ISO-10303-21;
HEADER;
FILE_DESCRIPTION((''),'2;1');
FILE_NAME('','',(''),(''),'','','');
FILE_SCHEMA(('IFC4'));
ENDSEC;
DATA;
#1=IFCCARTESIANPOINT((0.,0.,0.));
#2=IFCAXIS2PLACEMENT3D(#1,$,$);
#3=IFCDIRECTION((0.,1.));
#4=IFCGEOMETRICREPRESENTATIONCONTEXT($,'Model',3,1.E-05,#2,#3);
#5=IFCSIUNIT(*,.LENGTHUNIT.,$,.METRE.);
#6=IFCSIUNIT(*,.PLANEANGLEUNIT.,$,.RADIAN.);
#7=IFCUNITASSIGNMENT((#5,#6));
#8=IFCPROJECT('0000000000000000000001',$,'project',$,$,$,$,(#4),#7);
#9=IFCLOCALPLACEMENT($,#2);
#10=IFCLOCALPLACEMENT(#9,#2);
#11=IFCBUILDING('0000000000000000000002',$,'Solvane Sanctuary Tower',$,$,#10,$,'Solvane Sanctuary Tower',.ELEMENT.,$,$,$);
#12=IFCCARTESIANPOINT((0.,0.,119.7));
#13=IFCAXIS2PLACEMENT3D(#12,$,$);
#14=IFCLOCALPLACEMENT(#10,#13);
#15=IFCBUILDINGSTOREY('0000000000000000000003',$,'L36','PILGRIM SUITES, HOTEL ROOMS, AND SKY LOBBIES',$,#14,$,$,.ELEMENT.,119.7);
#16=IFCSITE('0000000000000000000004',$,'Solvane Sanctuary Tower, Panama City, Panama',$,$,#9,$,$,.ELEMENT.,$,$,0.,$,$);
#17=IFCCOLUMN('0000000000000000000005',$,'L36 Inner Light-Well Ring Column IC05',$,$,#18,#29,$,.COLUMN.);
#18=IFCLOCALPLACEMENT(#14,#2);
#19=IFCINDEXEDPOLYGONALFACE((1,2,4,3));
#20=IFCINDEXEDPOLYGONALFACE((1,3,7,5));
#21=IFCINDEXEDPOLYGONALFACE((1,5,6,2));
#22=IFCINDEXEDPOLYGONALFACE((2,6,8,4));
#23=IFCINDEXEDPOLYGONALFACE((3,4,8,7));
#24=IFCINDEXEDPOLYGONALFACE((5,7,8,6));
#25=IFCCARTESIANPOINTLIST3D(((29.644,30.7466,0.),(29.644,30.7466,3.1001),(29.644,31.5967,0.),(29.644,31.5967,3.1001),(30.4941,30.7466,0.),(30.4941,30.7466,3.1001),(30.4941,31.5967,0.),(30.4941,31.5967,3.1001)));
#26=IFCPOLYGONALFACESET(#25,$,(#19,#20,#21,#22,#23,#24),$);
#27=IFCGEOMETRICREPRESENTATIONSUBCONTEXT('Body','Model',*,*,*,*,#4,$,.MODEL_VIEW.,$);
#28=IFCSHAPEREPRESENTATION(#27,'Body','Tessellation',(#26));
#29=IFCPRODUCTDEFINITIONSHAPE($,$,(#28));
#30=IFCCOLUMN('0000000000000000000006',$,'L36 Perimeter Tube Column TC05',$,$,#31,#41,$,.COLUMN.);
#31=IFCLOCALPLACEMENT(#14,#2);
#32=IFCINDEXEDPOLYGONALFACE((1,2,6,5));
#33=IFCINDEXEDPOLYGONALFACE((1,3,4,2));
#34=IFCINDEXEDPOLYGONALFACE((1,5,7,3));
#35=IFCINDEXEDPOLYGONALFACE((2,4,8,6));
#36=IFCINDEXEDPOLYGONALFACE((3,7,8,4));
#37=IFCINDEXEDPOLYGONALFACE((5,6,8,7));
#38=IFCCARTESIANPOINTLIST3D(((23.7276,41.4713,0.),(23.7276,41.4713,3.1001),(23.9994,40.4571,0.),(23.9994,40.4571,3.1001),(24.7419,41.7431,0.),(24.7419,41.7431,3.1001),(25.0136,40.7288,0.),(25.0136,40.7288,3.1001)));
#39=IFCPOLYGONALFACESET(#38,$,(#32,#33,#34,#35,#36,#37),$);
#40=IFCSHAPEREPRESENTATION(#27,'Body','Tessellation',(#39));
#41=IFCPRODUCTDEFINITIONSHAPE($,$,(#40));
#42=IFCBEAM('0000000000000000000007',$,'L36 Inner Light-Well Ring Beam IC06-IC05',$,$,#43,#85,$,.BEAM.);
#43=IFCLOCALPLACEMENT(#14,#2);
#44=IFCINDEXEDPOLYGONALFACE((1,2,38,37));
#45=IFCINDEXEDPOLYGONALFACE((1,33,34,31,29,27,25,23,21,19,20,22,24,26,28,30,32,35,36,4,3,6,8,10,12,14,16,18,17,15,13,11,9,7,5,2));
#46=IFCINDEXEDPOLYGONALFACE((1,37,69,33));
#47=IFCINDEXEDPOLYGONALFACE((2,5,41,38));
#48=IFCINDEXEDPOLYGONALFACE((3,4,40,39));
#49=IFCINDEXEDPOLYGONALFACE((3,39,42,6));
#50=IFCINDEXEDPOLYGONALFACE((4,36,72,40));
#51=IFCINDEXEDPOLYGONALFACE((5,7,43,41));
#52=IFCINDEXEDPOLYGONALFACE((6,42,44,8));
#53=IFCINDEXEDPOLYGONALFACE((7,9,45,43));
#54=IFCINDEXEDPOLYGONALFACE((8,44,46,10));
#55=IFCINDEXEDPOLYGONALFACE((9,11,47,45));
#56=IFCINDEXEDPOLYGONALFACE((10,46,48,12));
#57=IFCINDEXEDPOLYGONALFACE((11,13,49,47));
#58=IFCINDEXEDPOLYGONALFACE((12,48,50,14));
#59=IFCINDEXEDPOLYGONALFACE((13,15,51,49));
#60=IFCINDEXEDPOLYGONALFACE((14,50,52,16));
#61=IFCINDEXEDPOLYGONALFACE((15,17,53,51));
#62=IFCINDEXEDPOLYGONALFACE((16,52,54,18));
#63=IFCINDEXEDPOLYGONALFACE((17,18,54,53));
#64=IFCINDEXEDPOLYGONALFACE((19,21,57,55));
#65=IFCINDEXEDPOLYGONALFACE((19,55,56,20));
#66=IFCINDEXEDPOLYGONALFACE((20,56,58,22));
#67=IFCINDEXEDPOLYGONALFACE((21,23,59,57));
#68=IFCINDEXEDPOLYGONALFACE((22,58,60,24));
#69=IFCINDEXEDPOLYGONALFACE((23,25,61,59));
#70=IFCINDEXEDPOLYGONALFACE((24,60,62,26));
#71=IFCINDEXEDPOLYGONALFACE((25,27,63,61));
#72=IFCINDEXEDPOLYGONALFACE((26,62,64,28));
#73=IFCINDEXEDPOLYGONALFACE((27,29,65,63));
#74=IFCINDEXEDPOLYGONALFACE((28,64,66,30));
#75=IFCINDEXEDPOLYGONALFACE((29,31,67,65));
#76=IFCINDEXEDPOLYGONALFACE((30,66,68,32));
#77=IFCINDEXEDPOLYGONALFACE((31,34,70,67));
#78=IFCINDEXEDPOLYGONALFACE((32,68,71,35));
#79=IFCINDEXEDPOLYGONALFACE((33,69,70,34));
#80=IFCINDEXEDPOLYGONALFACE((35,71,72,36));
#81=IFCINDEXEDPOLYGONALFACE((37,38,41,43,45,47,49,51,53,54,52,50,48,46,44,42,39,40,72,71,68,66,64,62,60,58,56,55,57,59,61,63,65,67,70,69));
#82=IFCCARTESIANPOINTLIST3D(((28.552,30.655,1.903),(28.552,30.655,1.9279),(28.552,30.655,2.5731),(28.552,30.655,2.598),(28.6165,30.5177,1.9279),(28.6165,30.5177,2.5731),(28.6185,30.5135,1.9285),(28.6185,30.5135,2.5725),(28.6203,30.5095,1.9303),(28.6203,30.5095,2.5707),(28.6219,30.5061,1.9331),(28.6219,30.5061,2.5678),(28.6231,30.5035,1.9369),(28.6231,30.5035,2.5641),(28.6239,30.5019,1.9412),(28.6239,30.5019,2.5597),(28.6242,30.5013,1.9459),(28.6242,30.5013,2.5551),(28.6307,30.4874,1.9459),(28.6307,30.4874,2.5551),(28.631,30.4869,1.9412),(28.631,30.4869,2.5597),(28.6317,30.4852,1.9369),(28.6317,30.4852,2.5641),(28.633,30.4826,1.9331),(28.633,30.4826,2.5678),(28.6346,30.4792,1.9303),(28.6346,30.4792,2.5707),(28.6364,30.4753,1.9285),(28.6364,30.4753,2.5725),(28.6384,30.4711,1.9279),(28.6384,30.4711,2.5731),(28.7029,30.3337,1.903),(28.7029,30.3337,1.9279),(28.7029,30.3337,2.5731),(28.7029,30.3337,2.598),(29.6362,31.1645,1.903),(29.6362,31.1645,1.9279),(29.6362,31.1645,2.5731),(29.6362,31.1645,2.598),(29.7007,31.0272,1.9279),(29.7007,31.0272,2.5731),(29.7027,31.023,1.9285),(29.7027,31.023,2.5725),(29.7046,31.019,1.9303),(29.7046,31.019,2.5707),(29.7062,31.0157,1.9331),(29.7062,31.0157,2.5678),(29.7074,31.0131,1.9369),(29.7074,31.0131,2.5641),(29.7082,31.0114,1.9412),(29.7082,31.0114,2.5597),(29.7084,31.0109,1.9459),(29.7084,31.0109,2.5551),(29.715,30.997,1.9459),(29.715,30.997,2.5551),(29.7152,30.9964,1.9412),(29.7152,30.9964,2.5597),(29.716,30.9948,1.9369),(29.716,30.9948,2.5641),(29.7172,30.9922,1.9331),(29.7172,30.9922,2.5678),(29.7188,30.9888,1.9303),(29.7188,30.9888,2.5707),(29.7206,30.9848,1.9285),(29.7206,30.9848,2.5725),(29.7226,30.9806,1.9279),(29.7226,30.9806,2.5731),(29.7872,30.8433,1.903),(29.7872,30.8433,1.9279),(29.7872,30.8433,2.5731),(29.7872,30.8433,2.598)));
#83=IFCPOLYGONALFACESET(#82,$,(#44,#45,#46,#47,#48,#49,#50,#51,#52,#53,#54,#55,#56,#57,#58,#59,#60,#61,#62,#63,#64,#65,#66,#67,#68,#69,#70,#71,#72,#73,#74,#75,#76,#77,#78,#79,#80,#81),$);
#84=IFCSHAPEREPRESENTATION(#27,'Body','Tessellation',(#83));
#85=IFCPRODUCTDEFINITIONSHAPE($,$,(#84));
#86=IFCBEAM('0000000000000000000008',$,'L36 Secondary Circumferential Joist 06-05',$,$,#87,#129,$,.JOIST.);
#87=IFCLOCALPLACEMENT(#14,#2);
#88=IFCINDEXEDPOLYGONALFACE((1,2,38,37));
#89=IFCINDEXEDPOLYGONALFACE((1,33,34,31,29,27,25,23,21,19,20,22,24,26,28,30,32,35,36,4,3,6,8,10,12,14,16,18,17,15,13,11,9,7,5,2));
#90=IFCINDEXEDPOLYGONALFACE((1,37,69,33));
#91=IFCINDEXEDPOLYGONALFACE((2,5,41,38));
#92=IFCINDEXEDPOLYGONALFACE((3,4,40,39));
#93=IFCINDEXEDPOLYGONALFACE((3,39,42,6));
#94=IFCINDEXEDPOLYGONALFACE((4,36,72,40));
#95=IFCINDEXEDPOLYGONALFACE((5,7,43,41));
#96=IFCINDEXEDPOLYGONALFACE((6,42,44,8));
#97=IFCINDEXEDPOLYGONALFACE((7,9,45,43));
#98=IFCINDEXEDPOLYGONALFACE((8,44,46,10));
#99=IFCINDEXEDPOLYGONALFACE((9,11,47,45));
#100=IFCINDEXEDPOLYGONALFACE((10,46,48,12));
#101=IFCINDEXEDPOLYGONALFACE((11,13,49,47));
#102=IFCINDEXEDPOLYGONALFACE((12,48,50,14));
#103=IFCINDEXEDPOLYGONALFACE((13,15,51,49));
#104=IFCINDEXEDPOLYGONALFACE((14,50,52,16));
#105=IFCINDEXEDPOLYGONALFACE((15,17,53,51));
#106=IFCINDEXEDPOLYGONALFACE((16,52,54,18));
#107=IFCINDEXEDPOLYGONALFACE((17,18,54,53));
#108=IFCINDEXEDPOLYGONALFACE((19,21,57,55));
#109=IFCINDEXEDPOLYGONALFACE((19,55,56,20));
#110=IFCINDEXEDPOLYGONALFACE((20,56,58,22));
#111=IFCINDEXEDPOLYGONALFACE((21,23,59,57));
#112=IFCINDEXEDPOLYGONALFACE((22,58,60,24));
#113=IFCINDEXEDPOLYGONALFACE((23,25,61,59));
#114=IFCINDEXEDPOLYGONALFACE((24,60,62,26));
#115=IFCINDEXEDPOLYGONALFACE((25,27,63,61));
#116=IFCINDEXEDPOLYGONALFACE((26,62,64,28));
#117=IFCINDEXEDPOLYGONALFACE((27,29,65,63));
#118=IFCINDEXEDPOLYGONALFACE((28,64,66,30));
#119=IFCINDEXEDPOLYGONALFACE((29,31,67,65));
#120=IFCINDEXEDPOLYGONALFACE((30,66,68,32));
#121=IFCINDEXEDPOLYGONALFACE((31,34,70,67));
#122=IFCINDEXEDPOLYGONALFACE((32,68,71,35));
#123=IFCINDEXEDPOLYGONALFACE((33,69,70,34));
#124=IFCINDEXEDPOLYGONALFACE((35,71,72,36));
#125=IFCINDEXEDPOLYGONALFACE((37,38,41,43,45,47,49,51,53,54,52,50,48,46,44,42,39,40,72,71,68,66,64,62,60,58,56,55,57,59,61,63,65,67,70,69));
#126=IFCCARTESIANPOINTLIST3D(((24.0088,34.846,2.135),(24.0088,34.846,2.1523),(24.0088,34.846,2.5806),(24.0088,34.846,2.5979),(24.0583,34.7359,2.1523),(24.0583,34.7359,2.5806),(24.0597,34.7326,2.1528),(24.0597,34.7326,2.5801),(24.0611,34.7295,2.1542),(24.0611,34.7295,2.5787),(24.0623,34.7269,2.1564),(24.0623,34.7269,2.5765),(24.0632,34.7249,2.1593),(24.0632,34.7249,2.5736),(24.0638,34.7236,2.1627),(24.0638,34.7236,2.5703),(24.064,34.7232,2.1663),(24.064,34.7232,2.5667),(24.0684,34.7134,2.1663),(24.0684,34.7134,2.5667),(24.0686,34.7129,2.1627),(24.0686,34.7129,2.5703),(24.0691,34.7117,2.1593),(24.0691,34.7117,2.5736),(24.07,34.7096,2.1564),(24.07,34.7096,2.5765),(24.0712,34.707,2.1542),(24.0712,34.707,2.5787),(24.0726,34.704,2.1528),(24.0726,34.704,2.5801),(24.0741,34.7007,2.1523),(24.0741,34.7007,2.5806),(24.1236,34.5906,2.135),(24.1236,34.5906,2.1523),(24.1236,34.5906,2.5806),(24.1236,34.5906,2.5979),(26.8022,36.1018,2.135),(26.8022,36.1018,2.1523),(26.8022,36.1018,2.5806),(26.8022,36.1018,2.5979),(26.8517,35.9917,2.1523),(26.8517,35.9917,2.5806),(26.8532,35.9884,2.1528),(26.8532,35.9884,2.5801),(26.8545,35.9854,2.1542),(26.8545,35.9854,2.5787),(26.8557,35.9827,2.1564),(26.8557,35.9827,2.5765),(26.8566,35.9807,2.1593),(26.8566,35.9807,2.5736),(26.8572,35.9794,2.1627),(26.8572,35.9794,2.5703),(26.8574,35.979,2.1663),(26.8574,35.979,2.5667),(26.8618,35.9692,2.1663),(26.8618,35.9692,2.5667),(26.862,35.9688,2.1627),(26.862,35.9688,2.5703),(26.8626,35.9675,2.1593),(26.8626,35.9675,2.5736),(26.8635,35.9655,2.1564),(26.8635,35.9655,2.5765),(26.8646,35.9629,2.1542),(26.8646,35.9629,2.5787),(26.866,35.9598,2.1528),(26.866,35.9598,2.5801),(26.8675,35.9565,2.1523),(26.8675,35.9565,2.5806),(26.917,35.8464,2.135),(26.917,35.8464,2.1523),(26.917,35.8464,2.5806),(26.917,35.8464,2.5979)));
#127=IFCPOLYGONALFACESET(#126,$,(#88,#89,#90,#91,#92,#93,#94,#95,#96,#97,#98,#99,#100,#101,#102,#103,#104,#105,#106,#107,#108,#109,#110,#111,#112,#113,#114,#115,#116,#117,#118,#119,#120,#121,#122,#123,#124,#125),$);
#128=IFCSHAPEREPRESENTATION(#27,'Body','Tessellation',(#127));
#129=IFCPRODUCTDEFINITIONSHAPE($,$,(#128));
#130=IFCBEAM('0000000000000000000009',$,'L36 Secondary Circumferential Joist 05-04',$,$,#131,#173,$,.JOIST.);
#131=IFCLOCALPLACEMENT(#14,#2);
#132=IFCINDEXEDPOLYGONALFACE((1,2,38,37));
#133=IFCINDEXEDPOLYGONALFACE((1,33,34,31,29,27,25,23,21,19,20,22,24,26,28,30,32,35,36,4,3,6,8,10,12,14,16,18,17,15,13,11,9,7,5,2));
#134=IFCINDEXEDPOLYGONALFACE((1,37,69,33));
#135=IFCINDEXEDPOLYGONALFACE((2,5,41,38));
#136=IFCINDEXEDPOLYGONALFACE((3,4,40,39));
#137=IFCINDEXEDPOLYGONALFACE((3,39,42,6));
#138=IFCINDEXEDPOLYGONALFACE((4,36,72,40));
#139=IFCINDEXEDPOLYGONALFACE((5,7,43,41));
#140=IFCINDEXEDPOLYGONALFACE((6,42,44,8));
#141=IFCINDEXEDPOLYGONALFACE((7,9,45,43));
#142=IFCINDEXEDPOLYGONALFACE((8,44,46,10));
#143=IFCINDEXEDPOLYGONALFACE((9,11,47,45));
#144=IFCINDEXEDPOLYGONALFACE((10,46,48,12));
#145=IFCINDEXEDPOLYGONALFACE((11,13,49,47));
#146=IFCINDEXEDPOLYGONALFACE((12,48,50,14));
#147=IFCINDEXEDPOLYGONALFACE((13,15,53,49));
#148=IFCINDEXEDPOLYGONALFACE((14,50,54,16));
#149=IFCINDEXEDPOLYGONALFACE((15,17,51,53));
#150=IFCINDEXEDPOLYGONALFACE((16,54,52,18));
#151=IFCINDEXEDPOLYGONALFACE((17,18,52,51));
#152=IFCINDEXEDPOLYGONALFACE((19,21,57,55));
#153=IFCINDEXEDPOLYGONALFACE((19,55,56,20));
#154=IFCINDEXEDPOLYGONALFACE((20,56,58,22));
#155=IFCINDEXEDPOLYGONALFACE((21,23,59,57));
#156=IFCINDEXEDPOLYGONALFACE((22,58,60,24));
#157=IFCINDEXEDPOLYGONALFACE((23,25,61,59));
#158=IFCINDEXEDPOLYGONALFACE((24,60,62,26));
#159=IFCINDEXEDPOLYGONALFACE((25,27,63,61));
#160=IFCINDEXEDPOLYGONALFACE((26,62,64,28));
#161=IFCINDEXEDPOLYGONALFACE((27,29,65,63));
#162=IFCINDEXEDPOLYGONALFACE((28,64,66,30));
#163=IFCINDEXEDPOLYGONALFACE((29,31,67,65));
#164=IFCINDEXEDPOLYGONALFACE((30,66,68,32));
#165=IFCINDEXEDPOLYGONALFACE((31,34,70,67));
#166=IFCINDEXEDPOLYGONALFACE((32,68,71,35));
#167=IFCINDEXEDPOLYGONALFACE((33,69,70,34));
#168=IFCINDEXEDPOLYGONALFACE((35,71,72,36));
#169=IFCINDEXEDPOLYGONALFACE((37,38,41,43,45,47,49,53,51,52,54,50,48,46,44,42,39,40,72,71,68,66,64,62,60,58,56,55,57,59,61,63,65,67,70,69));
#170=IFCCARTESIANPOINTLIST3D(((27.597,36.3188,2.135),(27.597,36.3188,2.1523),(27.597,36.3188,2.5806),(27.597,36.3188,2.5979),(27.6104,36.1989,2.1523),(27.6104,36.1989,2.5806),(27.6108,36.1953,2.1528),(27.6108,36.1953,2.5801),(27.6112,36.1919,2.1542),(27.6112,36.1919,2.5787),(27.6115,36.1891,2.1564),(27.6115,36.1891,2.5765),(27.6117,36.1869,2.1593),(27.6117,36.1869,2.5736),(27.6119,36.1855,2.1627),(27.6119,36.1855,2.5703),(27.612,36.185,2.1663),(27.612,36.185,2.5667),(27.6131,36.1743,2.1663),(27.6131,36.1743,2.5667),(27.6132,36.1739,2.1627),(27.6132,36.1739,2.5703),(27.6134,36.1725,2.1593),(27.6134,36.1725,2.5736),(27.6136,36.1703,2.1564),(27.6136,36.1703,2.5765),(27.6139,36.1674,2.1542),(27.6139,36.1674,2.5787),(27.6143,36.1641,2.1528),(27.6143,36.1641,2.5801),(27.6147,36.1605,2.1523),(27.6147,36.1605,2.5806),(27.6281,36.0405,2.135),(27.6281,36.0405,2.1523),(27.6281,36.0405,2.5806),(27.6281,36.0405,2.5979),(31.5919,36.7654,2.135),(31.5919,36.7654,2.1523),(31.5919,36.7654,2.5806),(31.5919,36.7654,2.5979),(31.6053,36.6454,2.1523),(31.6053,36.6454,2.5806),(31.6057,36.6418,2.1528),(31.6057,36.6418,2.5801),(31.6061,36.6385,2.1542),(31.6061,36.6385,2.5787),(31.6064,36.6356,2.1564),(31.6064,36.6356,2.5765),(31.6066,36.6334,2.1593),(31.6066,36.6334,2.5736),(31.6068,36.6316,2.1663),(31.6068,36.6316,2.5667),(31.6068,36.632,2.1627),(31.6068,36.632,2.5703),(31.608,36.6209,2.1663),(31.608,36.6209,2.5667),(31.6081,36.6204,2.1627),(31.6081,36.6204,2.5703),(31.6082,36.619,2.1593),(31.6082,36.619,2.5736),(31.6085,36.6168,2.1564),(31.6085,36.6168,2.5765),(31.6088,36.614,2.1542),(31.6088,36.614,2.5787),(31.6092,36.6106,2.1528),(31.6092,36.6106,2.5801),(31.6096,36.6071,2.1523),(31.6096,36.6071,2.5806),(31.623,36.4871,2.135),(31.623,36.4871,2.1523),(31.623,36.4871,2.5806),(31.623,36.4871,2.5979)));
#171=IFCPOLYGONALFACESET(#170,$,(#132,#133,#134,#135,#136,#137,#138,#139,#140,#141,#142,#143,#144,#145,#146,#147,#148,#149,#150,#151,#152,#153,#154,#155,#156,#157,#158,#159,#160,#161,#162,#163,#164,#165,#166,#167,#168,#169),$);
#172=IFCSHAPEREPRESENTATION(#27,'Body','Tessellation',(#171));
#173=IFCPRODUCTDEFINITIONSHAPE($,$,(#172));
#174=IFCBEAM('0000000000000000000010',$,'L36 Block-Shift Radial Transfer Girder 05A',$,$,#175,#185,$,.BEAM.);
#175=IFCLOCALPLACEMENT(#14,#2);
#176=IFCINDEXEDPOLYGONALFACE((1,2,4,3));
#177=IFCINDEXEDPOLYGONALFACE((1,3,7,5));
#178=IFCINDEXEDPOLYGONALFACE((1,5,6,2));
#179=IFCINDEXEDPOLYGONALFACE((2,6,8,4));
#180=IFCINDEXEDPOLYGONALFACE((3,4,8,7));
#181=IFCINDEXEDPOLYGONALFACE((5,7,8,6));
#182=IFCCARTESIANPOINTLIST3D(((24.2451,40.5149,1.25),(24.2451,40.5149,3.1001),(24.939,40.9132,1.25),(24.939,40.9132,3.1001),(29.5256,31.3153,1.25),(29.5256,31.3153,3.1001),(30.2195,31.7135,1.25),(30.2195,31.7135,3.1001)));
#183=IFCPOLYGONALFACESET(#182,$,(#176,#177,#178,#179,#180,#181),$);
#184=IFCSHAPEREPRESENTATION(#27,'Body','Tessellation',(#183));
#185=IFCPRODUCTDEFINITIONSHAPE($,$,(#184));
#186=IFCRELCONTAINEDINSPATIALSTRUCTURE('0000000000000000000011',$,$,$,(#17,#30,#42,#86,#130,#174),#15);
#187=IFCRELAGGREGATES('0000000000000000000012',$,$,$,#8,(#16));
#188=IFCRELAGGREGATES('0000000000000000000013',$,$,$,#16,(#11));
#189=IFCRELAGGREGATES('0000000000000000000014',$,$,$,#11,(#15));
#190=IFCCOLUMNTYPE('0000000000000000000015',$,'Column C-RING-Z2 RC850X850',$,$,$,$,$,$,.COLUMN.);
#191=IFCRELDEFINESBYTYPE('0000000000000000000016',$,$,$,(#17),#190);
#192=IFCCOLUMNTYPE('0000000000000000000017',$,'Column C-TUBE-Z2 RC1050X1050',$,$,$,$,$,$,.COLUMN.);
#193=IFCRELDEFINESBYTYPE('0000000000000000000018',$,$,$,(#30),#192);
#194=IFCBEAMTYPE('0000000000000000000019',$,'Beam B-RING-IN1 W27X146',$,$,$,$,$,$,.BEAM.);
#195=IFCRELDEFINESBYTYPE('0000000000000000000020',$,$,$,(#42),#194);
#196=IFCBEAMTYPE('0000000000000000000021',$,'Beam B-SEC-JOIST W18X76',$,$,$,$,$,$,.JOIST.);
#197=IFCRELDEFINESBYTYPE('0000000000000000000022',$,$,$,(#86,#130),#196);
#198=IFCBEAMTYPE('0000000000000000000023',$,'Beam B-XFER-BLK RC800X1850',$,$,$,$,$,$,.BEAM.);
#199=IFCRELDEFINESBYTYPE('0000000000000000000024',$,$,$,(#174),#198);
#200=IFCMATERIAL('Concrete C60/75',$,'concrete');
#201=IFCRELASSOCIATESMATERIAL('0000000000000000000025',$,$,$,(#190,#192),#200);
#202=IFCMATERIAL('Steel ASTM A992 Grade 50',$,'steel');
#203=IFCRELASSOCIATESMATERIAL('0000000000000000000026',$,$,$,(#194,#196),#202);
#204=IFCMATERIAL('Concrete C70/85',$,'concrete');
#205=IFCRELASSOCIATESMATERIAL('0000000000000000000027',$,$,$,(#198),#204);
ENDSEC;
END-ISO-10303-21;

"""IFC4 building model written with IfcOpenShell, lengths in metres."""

from ifc_helpers import new_model, si_unit, direction, frame, origin, origin_2d, place, context, subcontext, project, spatial, rectangle, i_section, extrude, material, material_profile, profile_set, type_object, element, save


model = new_model("IFC4")

# Units and contexts
model_context = context("Model", 3, precision=1e-05, world=origin(), true_north=direction((0.0, 1.0)))
body_context = subcontext(model_context, "Body", "Model", "MODEL_VIEW")
ifc_project = project(units=[si_unit("LENGTHUNIT", "METRE"), si_unit("PLANEANGLEUNIT", "RADIAN")], contexts=[model_context])

# Site, building, storey
site_placement = place(None, origin())
site = spatial("IfcSite", under=ifc_project, at=site_placement, Name="Solvane Sanctuary Tower, Panama City, Panama", CompositionType="ELEMENT", RefElevation=0.0)
building_placement = place(site_placement, origin())
building = spatial("IfcBuilding", under=site, at=building_placement, Name="Solvane Sanctuary Tower", LongName="Solvane Sanctuary Tower", CompositionType="ELEMENT")
storey_placement = place(building_placement, frame((0.0, 0.0, 119.7)))
storey = spatial("IfcBuildingStorey", under=building, at=storey_placement, Name="L36", Description="PILGRIM SUITES, HOTEL ROOMS, AND SKY LOBBIES", CompositionType="ELEMENT", Elevation=119.7)

# Columns
ifc_material_1 = material(Name="Concrete C60/75", Category="concrete")
ifc_material_profile_1 = material_profile(ifc_material_1, rectangle(XDim=0.8501, YDim=0.8501, at=origin_2d()), Name="RC850X850")
ifc_profile_set_1 = profile_set([ifc_material_profile_1], Name="Concrete C60/75")
column_type_1 = type_object("IfcColumnType", Name="Column C-RING-Z2 RC850X850", PredefinedType="COLUMN", material=ifc_profile_set_1)
column_1_placement = place(storey_placement, frame((30.0691, 31.1716, 0.0), z_axis=(0.0, 0.0, 1.0), x_axis=(1.0, 0.0, 0.0)))
element("IfcColumn", 1, at=column_1_placement, inside=storey, type_object=column_type_1, Name="L36 Inner Light-Well Ring Column IC05", PredefinedType="COLUMN", context=body_context, shape_type="SweptSolid", body=[
    extrude(rectangle(XDim=0.8501, YDim=0.8501, at=origin_2d()), origin(), (0.0, 0.0, 1.0), 3.1001),
])
ifc_material_profile_2 = material_profile(ifc_material_1, rectangle(XDim=1.05, YDim=1.05, at=origin_2d()), Name="RC1050X1050")
ifc_profile_set_2 = profile_set([ifc_material_profile_2], Name="Concrete C60/75")
column_type_2 = type_object("IfcColumnType", Name="Column C-TUBE-Z2 RC1050X1050", PredefinedType="COLUMN", material=ifc_profile_set_2)
column_2_placement = place(storey_placement, frame((24.3706, 41.1001, 0.0), z_axis=(0.0, 0.0, 1.0), x_axis=(-0.258819, 0.965926, 0.0)))
element("IfcColumn", 2, at=column_2_placement, inside=storey, type_object=column_type_2, Name="L36 Perimeter Tube Column TC05", PredefinedType="COLUMN", context=body_context, shape_type="SweptSolid", body=[
    extrude(rectangle(XDim=1.05, YDim=1.05, at=origin_2d()), origin(), (0.0, 0.0, 1.0), 3.1001),
])

# Beams
ifc_material_2 = material(Name="Steel ASTM A992 Grade 50", Category="steel")
ifc_material_profile_3 = material_profile(ifc_material_2, i_section(OverallWidth=0.355, OverallDepth=0.6951, WebThickness=0.0154, FlangeThickness=0.0249, FilletRadius=0.0181, at=origin_2d()), Name="W27X146")
ifc_profile_set_3 = profile_set([ifc_material_profile_3], Name="Steel ASTM A992 Grade 50")
beam_type_1 = type_object("IfcBeamType", Name="Beam B-RING-IN1 W27X146", PredefinedType="BEAM", material=ifc_profile_set_3)
beam_1_placement = place(storey_placement, frame((28.6274, 30.4944, 2.2505), z_axis=(0.905045, 0.425316, 0.0), x_axis=(-0.425316, 0.905045, 0.0)))
element("IfcBeam", 3, at=beam_1_placement, inside=storey, type_object=beam_type_1, Name="L36 Inner Light-Well Ring Beam IC06-IC05", PredefinedType="BEAM", context=body_context, shape_type="SweptSolid", body=[
    extrude(i_section(OverallWidth=0.355, OverallDepth=0.6951, WebThickness=0.0154, FlangeThickness=0.0249, FilletRadius=0.0181, at=origin_2d()), origin(), (0.0, 0.0, 1.0), 1.198),
])
ifc_material_profile_4 = material_profile(ifc_material_2, i_section(OverallWidth=0.28, OverallDepth=0.4629, WebThickness=0.0107, FlangeThickness=0.0173, FilletRadius=0.0139, at=origin_2d()), Name="W18X76")
ifc_profile_set_4 = profile_set([ifc_material_profile_4], Name="Steel ASTM A992 Grade 50")
beam_type_2 = type_object("IfcBeamType", Name="Beam B-SEC-JOIST W18X76", PredefinedType="JOIST", material=ifc_profile_set_4)
beam_2_placement = place(storey_placement, frame((24.0662, 34.7183, 2.3665), z_axis=(0.912068, 0.41004, 0.0), x_axis=(-0.41004, 0.912068, 0.0)))
element("IfcBeam", 4, at=beam_2_placement, inside=storey, type_object=beam_type_2, Name="L36 Secondary Circumferential Joist 06-05", PredefinedType="JOIST", context=body_context, shape_type="SweptSolid", body=[
    extrude(i_section(OverallWidth=0.28, OverallDepth=0.4629, WebThickness=0.0107, FlangeThickness=0.0173, FilletRadius=0.0139, at=origin_2d()), origin(), (0.0, 0.0, 1.0), 3.0627),
])
beam_3_placement = place(storey_placement, frame((27.6125, 36.1797, 2.3665), z_axis=(0.993811, 0.111085, 0.0), x_axis=(-0.111085, 0.993811, 0.0)))
element("IfcBeam", 5, at=beam_3_placement, inside=storey, type_object=beam_type_2, Name="L36 Secondary Circumferential Joist 05-04", PredefinedType="JOIST", context=body_context, shape_type="SweptSolid", body=[
    extrude(i_section(OverallWidth=0.28, OverallDepth=0.4629, WebThickness=0.0107, FlangeThickness=0.0173, FilletRadius=0.0139, at=origin_2d()), origin(), (0.0, 0.0, 1.0), 4.0198),
])
ifc_material_3 = material(Name="Concrete C70/85", Category="concrete")
ifc_material_profile_5 = material_profile(ifc_material_3, rectangle(XDim=0.8, YDim=1.8501, at=origin_2d()), Name="RC800X1850")
ifc_profile_set_5 = profile_set([ifc_material_profile_5], Name="Concrete C70/85")
beam_type_3 = type_object("IfcBeamType", Name="Beam B-XFER-BLK RC800X1850", PredefinedType="BEAM", material=ifc_profile_set_5)
beam_4_placement = place(storey_placement, frame((29.8726, 31.5144, 2.175), z_axis=(-0.497811, 0.867285, 0.0), x_axis=(-0.867285, -0.497811, 0.0)))
element("IfcBeam", 6, at=beam_4_placement, inside=storey, type_object=beam_type_3, Name="L36 Block-Shift Radial Transfer Girder 05A", PredefinedType="BEAM", context=body_context, shape_type="SweptSolid", body=[
    extrude(rectangle(XDim=0.8, YDim=1.8501, at=origin_2d()), origin(), (0.0, 0.0, 1.0), 10.6074),
])

save(model, "model.ifc")
